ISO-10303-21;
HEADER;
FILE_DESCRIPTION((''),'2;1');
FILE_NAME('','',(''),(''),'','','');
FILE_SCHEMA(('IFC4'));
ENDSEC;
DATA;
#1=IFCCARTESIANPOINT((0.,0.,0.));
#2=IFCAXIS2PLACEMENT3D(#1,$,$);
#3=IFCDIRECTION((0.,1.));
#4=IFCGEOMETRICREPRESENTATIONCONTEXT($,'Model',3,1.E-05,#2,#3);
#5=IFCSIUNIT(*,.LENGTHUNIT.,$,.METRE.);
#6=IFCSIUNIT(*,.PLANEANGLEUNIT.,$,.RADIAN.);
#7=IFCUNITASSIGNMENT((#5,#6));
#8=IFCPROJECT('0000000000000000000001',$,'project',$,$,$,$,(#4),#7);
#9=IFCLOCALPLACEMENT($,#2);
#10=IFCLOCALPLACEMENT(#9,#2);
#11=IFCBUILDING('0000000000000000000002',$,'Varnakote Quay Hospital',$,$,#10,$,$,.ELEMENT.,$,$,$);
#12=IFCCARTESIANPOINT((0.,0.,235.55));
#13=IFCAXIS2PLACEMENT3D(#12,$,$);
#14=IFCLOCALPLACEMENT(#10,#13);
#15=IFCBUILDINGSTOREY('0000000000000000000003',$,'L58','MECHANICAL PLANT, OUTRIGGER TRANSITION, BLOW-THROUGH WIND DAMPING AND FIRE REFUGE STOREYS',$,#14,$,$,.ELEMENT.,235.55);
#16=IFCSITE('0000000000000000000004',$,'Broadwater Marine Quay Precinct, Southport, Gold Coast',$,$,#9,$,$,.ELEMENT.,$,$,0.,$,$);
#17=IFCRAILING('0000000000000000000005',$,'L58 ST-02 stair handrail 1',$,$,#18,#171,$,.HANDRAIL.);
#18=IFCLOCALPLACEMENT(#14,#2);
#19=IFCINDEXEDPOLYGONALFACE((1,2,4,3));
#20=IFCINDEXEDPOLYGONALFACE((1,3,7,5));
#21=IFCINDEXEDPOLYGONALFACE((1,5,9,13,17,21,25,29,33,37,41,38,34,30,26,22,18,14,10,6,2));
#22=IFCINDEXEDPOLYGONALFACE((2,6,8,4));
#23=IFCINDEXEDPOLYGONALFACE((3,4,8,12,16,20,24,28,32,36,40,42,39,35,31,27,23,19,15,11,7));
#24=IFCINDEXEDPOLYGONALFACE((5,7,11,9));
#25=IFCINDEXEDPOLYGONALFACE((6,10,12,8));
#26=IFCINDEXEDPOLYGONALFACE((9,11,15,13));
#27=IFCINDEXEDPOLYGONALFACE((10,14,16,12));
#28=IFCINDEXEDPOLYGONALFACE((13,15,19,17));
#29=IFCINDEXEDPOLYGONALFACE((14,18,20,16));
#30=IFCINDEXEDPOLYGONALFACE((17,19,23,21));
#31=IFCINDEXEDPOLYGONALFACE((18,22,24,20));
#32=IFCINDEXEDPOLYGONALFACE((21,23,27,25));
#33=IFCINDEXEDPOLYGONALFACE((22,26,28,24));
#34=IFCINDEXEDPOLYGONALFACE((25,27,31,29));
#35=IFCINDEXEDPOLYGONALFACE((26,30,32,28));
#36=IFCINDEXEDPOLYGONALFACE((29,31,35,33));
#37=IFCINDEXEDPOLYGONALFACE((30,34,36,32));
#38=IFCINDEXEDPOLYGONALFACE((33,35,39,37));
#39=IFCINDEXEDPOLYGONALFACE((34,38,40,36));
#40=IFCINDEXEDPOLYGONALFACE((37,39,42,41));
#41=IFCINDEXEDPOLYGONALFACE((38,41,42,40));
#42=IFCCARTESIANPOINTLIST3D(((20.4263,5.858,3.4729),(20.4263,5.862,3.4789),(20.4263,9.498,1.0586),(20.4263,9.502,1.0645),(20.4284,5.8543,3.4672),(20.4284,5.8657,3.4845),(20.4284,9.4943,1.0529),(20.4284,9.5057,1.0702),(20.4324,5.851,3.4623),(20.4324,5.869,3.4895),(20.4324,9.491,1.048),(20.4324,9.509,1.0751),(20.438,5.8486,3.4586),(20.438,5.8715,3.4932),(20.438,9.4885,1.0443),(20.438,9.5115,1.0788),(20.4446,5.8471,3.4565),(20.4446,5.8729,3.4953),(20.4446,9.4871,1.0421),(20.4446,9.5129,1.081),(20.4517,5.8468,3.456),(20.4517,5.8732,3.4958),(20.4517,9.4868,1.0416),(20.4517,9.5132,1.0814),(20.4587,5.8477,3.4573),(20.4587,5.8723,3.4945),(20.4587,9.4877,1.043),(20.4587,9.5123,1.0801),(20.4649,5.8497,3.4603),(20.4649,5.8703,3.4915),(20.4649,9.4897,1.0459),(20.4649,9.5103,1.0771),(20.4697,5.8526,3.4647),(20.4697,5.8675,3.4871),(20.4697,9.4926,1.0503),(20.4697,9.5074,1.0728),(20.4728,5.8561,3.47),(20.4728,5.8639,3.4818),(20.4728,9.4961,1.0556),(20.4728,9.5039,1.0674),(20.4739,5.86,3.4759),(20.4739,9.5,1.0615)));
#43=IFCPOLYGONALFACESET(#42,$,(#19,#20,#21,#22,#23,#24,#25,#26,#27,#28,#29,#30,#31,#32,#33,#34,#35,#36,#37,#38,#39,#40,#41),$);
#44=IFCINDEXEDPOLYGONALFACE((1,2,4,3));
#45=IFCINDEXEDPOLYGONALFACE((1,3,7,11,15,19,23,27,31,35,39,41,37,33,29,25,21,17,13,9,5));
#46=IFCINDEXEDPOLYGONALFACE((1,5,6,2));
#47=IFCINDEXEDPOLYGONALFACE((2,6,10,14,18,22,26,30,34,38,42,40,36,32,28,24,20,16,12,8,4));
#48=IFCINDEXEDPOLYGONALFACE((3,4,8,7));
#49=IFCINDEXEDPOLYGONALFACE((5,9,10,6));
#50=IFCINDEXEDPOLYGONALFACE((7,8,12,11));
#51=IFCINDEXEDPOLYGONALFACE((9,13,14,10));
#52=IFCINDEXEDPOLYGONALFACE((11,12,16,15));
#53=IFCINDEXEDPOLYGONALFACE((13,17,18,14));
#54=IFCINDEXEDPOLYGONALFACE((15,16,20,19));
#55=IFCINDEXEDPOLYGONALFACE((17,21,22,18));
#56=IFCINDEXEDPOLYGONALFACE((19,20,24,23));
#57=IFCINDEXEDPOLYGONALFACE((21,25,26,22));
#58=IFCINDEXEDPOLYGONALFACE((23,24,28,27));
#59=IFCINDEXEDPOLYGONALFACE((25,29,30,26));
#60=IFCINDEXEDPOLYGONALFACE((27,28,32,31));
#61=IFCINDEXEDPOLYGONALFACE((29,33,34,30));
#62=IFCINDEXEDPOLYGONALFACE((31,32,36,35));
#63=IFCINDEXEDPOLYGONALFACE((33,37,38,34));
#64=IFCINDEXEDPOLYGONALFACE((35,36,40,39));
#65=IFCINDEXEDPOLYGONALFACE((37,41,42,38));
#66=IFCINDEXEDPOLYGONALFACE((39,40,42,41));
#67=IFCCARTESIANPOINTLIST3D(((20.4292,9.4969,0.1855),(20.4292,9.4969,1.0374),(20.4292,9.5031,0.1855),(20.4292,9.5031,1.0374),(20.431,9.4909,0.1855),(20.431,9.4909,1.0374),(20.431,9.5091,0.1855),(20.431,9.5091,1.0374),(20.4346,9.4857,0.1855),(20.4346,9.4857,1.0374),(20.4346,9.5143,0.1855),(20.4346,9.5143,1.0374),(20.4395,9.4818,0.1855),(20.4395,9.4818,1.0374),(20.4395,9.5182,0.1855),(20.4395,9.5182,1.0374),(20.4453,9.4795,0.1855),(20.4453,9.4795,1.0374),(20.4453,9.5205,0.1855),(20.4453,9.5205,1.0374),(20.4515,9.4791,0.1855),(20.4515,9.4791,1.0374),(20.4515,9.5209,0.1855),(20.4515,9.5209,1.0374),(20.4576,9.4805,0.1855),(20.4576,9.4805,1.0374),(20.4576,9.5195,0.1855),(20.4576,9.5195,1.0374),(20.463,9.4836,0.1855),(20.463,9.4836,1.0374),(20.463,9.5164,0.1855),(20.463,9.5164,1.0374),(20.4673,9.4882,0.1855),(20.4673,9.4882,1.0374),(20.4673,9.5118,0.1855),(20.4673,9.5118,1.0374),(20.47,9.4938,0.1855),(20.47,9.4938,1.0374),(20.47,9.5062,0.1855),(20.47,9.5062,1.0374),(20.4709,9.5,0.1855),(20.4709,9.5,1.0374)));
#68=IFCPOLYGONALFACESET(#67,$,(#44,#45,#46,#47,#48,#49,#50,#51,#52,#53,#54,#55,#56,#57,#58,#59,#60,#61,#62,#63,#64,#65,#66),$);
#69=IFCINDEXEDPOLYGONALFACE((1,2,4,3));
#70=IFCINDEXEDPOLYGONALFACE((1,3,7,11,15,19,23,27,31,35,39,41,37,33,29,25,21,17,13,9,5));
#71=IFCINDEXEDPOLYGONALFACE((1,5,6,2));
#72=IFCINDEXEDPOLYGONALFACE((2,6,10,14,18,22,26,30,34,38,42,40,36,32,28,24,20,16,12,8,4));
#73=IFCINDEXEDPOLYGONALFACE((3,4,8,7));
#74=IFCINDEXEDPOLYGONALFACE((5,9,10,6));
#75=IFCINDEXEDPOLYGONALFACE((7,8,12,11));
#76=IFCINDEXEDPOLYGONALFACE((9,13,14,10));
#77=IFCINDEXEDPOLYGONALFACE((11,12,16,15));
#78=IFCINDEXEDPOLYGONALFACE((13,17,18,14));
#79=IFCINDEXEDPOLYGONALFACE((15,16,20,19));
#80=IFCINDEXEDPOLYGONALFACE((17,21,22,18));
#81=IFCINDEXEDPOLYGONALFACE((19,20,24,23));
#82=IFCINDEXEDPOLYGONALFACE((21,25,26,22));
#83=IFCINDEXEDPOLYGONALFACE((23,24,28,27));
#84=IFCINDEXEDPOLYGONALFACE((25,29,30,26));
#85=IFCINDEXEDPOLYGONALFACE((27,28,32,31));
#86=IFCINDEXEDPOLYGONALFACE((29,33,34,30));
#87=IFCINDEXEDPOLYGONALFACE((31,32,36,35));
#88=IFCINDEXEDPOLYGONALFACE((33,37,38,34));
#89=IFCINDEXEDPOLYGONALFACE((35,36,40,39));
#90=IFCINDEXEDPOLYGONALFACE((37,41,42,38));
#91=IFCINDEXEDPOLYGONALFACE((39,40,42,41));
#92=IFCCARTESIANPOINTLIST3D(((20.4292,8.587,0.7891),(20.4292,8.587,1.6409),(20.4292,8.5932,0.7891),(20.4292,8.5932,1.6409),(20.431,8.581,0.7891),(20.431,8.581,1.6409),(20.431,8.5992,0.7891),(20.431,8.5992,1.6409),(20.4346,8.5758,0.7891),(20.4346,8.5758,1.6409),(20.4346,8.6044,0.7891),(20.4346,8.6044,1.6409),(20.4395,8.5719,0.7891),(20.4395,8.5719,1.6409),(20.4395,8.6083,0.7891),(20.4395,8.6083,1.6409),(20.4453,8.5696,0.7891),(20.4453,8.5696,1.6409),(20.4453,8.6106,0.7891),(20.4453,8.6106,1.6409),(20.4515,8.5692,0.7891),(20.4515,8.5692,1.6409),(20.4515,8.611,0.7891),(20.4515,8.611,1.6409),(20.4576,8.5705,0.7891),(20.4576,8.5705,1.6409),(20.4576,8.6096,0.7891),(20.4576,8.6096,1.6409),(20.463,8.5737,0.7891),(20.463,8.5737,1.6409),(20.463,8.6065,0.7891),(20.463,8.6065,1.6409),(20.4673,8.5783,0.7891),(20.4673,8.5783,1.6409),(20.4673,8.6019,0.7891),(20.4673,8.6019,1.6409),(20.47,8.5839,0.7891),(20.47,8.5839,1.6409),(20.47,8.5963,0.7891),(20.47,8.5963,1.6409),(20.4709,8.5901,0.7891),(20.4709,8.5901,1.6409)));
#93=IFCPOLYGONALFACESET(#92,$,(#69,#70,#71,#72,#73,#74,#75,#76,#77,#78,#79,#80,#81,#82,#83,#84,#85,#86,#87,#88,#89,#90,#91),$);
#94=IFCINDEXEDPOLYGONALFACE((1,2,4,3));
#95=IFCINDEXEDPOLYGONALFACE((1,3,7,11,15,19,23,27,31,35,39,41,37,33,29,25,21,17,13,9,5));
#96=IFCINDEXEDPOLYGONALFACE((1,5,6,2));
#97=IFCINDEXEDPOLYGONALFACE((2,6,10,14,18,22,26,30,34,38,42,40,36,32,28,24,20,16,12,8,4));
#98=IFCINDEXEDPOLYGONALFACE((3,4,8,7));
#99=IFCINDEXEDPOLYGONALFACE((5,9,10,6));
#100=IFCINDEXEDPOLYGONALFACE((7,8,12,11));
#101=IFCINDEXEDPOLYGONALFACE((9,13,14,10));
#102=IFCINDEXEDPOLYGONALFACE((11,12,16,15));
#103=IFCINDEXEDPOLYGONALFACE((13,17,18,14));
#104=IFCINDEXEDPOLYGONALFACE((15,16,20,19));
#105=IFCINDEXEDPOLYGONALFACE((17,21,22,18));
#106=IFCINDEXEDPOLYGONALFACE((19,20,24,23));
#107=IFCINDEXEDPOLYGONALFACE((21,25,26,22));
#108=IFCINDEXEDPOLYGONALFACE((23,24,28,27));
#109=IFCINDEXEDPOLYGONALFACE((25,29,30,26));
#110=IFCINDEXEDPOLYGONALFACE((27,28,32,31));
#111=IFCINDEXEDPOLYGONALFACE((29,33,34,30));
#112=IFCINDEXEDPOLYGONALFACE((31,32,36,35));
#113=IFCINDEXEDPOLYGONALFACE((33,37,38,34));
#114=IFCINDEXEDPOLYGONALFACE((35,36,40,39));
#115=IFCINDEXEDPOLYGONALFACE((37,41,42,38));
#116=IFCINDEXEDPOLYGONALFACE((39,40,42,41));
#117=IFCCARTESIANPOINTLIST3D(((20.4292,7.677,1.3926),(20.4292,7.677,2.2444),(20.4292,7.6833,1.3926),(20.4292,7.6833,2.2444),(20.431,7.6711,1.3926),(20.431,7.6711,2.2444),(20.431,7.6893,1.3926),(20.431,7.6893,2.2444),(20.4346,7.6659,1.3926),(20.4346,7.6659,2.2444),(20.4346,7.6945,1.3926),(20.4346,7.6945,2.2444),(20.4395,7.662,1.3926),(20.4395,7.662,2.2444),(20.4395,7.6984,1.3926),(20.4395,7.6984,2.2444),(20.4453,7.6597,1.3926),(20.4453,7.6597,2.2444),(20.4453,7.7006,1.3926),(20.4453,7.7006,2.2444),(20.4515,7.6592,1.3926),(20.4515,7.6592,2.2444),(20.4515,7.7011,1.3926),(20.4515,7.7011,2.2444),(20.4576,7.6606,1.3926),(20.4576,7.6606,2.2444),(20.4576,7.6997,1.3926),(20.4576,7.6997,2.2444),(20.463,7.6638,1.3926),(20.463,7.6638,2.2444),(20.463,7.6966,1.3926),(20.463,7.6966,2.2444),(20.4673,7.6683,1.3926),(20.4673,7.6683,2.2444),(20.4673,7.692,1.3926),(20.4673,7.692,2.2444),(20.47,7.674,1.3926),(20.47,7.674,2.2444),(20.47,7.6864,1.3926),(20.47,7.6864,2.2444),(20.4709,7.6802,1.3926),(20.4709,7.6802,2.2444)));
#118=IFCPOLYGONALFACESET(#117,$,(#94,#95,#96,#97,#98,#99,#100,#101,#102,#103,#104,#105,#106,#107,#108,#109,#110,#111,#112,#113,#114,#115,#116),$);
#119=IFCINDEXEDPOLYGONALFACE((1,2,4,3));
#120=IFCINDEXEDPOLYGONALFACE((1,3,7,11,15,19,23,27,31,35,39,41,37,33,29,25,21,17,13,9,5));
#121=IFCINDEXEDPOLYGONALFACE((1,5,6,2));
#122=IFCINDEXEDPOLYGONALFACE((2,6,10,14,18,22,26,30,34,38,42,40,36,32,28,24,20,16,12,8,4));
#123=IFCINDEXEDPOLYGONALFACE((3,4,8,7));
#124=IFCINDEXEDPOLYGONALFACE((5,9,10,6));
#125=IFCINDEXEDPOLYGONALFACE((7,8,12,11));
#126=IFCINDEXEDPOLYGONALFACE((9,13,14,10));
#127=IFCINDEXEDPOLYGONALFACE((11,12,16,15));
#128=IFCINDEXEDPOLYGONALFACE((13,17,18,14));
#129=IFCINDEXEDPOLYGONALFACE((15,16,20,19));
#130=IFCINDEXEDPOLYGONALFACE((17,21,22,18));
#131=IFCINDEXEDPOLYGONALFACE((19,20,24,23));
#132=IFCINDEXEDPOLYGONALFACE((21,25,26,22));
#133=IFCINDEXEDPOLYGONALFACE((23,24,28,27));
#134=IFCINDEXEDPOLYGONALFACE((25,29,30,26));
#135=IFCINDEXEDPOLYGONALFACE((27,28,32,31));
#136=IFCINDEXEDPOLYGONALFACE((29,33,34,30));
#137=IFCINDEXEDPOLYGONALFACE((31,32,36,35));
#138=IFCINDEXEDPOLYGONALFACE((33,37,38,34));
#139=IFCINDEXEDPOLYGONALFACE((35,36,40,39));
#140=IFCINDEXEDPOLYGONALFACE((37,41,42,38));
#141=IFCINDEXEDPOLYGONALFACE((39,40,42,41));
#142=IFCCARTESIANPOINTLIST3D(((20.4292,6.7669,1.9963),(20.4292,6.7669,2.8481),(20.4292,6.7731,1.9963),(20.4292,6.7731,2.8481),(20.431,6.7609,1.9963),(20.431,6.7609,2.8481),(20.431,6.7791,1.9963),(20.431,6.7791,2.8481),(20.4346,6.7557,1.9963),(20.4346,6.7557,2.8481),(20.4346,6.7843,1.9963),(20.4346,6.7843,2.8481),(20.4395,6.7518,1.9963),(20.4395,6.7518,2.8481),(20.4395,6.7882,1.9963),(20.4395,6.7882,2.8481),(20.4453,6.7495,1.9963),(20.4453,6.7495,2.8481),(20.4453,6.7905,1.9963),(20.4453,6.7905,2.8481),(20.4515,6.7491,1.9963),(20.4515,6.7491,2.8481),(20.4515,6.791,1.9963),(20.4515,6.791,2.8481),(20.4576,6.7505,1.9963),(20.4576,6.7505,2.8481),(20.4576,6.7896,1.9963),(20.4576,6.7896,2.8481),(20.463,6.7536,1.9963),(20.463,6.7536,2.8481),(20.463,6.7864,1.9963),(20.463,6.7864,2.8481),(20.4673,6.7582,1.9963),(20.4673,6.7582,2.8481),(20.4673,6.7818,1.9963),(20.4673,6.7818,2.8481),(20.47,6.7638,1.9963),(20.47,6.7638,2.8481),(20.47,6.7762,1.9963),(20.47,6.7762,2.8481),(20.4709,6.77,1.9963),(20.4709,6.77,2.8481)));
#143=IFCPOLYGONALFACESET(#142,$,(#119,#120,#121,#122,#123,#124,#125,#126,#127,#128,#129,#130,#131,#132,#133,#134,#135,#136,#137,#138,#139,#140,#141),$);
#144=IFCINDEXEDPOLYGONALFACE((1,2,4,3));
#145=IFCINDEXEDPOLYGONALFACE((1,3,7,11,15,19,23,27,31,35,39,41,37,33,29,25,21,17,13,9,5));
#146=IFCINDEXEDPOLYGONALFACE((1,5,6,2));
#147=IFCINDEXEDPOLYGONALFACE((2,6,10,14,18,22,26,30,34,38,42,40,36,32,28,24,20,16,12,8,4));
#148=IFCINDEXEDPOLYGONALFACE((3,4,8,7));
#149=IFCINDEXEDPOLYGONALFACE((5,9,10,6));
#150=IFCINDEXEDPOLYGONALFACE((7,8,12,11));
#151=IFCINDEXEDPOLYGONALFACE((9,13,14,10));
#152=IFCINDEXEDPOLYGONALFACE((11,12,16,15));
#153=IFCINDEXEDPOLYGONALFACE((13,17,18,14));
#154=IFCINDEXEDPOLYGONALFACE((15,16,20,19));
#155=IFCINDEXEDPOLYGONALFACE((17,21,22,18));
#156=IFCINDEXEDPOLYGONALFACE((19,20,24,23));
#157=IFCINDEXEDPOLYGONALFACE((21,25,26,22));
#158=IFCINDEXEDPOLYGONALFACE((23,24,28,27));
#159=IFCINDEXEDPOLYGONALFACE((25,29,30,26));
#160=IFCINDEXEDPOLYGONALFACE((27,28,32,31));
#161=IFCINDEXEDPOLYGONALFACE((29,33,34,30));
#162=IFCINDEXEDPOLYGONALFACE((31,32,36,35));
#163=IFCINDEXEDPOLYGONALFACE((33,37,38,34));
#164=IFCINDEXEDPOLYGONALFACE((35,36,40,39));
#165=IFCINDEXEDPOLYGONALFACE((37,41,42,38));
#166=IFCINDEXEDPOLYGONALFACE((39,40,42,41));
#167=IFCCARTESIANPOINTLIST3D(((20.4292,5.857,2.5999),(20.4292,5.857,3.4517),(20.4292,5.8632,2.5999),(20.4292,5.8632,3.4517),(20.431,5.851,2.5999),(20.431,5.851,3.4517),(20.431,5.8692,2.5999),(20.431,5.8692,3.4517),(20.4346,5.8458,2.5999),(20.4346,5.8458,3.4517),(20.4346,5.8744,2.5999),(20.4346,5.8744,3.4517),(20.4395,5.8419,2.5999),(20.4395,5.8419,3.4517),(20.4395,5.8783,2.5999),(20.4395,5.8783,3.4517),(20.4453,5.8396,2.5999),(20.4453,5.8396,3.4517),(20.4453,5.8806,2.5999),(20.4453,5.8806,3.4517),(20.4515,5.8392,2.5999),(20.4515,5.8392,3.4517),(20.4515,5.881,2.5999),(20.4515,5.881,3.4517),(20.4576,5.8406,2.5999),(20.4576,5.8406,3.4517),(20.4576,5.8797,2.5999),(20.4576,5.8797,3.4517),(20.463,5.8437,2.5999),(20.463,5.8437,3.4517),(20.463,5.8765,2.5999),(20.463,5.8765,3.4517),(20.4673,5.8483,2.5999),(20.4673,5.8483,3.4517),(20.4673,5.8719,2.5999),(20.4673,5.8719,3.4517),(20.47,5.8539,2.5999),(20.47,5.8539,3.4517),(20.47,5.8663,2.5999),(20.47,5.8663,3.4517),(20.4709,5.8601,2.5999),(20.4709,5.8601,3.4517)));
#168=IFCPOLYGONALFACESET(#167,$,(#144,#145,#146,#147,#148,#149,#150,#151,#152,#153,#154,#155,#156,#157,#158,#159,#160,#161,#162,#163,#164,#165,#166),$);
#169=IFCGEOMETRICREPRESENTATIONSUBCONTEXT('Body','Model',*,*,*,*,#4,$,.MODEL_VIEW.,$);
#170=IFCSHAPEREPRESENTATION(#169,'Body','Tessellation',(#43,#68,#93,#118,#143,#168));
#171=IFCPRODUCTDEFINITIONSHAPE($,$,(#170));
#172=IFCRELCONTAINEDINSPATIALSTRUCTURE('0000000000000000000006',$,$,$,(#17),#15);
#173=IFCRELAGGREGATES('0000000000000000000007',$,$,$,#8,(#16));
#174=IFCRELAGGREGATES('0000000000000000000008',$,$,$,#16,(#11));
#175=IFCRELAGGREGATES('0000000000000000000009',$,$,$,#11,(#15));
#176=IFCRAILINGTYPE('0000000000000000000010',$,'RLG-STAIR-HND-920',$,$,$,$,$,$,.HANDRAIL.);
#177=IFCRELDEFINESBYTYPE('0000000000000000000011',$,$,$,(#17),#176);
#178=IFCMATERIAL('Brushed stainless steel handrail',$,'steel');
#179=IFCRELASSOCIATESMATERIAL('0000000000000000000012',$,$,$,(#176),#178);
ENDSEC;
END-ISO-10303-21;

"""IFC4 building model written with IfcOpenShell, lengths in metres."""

from ifc_helpers import new_model, si_unit, direction, frame, origin, origin_2d, place, context, subcontext, project, spatial, circle, extrude, material, type_object, element, save


model = new_model("IFC4")

# Units and contexts
model_context = context("Model", 3, precision=1e-05, world=origin(), true_north=direction((0.0, 1.0)))
body_context = subcontext(model_context, "Body", "Model", "MODEL_VIEW")
ifc_project = project(units=[si_unit("LENGTHUNIT", "METRE"), si_unit("PLANEANGLEUNIT", "RADIAN")], contexts=[model_context])

# Site, building, storey
site_placement = place(None, origin())
site = spatial("IfcSite", under=ifc_project, at=site_placement, Name="Broadwater Marine Quay Precinct, Southport, Gold Coast", CompositionType="ELEMENT", RefElevation=0.0)
building_placement = place(site_placement, origin())
building = spatial("IfcBuilding", under=site, at=building_placement, Name="Varnakote Quay Hospital", CompositionType="ELEMENT")
storey_placement = place(building_placement, frame((0.0, 0.0, 235.55)))
storey = spatial("IfcBuildingStorey", under=building, at=storey_placement, Name="L58", Description="MECHANICAL PLANT, OUTRIGGER TRANSITION, BLOW-THROUGH WIND DAMPING AND FIRE REFUGE STOREYS", CompositionType="ELEMENT", Elevation=235.55)

# Railing
ifc_material_1 = material(Name="Brushed stainless steel handrail", Category="steel")
railing_type = type_object("IfcRailingType", Name="RLG-STAIR-HND-920", PredefinedType="HANDRAIL", material=ifc_material_1)
railing_placement = place(storey_placement, frame((20.45, 9.5, 0.1855)))
element("IfcRailing", 1, at=railing_placement, inside=storey, type_object=railing_type, Name="L58 ST-02 stair handrail 1", PredefinedType="HANDRAIL", context=body_context, shape_type="SweptSolid", body=[
    extrude(circle(Radius=0.0239, at=origin_2d()), frame((0.0, 0.0, 0.876), z_axis=(0.0, -0.833347, 0.552751), x_axis=(1.0, 0.0, 0.0)), (0.0, 0.0, 1.0), 4.3679),
    extrude(circle(Radius=0.021, at=origin_2d()), origin(), (0.0, 0.0, 1.0), 0.8518),
    extrude(circle(Radius=0.021, at=origin_2d()), frame((0.0, -0.9099, 0.6035)), (0.0, 0.0, 1.0), 0.8518),
    extrude(circle(Radius=0.021, at=origin_2d()), frame((0.0, -1.8198, 1.207)), (0.0, 0.0, 1.0), 0.8518),
    extrude(circle(Radius=0.021, at=origin_2d()), frame((0.0, -2.73, 1.8108)), (0.0, 0.0, 1.0), 0.8518),
    extrude(circle(Radius=0.021, at=origin_2d()), frame((0.0, -3.6399, 2.4143)), (0.0, 0.0, 1.0), 0.8518),
])

save(model, "model.ifc")
